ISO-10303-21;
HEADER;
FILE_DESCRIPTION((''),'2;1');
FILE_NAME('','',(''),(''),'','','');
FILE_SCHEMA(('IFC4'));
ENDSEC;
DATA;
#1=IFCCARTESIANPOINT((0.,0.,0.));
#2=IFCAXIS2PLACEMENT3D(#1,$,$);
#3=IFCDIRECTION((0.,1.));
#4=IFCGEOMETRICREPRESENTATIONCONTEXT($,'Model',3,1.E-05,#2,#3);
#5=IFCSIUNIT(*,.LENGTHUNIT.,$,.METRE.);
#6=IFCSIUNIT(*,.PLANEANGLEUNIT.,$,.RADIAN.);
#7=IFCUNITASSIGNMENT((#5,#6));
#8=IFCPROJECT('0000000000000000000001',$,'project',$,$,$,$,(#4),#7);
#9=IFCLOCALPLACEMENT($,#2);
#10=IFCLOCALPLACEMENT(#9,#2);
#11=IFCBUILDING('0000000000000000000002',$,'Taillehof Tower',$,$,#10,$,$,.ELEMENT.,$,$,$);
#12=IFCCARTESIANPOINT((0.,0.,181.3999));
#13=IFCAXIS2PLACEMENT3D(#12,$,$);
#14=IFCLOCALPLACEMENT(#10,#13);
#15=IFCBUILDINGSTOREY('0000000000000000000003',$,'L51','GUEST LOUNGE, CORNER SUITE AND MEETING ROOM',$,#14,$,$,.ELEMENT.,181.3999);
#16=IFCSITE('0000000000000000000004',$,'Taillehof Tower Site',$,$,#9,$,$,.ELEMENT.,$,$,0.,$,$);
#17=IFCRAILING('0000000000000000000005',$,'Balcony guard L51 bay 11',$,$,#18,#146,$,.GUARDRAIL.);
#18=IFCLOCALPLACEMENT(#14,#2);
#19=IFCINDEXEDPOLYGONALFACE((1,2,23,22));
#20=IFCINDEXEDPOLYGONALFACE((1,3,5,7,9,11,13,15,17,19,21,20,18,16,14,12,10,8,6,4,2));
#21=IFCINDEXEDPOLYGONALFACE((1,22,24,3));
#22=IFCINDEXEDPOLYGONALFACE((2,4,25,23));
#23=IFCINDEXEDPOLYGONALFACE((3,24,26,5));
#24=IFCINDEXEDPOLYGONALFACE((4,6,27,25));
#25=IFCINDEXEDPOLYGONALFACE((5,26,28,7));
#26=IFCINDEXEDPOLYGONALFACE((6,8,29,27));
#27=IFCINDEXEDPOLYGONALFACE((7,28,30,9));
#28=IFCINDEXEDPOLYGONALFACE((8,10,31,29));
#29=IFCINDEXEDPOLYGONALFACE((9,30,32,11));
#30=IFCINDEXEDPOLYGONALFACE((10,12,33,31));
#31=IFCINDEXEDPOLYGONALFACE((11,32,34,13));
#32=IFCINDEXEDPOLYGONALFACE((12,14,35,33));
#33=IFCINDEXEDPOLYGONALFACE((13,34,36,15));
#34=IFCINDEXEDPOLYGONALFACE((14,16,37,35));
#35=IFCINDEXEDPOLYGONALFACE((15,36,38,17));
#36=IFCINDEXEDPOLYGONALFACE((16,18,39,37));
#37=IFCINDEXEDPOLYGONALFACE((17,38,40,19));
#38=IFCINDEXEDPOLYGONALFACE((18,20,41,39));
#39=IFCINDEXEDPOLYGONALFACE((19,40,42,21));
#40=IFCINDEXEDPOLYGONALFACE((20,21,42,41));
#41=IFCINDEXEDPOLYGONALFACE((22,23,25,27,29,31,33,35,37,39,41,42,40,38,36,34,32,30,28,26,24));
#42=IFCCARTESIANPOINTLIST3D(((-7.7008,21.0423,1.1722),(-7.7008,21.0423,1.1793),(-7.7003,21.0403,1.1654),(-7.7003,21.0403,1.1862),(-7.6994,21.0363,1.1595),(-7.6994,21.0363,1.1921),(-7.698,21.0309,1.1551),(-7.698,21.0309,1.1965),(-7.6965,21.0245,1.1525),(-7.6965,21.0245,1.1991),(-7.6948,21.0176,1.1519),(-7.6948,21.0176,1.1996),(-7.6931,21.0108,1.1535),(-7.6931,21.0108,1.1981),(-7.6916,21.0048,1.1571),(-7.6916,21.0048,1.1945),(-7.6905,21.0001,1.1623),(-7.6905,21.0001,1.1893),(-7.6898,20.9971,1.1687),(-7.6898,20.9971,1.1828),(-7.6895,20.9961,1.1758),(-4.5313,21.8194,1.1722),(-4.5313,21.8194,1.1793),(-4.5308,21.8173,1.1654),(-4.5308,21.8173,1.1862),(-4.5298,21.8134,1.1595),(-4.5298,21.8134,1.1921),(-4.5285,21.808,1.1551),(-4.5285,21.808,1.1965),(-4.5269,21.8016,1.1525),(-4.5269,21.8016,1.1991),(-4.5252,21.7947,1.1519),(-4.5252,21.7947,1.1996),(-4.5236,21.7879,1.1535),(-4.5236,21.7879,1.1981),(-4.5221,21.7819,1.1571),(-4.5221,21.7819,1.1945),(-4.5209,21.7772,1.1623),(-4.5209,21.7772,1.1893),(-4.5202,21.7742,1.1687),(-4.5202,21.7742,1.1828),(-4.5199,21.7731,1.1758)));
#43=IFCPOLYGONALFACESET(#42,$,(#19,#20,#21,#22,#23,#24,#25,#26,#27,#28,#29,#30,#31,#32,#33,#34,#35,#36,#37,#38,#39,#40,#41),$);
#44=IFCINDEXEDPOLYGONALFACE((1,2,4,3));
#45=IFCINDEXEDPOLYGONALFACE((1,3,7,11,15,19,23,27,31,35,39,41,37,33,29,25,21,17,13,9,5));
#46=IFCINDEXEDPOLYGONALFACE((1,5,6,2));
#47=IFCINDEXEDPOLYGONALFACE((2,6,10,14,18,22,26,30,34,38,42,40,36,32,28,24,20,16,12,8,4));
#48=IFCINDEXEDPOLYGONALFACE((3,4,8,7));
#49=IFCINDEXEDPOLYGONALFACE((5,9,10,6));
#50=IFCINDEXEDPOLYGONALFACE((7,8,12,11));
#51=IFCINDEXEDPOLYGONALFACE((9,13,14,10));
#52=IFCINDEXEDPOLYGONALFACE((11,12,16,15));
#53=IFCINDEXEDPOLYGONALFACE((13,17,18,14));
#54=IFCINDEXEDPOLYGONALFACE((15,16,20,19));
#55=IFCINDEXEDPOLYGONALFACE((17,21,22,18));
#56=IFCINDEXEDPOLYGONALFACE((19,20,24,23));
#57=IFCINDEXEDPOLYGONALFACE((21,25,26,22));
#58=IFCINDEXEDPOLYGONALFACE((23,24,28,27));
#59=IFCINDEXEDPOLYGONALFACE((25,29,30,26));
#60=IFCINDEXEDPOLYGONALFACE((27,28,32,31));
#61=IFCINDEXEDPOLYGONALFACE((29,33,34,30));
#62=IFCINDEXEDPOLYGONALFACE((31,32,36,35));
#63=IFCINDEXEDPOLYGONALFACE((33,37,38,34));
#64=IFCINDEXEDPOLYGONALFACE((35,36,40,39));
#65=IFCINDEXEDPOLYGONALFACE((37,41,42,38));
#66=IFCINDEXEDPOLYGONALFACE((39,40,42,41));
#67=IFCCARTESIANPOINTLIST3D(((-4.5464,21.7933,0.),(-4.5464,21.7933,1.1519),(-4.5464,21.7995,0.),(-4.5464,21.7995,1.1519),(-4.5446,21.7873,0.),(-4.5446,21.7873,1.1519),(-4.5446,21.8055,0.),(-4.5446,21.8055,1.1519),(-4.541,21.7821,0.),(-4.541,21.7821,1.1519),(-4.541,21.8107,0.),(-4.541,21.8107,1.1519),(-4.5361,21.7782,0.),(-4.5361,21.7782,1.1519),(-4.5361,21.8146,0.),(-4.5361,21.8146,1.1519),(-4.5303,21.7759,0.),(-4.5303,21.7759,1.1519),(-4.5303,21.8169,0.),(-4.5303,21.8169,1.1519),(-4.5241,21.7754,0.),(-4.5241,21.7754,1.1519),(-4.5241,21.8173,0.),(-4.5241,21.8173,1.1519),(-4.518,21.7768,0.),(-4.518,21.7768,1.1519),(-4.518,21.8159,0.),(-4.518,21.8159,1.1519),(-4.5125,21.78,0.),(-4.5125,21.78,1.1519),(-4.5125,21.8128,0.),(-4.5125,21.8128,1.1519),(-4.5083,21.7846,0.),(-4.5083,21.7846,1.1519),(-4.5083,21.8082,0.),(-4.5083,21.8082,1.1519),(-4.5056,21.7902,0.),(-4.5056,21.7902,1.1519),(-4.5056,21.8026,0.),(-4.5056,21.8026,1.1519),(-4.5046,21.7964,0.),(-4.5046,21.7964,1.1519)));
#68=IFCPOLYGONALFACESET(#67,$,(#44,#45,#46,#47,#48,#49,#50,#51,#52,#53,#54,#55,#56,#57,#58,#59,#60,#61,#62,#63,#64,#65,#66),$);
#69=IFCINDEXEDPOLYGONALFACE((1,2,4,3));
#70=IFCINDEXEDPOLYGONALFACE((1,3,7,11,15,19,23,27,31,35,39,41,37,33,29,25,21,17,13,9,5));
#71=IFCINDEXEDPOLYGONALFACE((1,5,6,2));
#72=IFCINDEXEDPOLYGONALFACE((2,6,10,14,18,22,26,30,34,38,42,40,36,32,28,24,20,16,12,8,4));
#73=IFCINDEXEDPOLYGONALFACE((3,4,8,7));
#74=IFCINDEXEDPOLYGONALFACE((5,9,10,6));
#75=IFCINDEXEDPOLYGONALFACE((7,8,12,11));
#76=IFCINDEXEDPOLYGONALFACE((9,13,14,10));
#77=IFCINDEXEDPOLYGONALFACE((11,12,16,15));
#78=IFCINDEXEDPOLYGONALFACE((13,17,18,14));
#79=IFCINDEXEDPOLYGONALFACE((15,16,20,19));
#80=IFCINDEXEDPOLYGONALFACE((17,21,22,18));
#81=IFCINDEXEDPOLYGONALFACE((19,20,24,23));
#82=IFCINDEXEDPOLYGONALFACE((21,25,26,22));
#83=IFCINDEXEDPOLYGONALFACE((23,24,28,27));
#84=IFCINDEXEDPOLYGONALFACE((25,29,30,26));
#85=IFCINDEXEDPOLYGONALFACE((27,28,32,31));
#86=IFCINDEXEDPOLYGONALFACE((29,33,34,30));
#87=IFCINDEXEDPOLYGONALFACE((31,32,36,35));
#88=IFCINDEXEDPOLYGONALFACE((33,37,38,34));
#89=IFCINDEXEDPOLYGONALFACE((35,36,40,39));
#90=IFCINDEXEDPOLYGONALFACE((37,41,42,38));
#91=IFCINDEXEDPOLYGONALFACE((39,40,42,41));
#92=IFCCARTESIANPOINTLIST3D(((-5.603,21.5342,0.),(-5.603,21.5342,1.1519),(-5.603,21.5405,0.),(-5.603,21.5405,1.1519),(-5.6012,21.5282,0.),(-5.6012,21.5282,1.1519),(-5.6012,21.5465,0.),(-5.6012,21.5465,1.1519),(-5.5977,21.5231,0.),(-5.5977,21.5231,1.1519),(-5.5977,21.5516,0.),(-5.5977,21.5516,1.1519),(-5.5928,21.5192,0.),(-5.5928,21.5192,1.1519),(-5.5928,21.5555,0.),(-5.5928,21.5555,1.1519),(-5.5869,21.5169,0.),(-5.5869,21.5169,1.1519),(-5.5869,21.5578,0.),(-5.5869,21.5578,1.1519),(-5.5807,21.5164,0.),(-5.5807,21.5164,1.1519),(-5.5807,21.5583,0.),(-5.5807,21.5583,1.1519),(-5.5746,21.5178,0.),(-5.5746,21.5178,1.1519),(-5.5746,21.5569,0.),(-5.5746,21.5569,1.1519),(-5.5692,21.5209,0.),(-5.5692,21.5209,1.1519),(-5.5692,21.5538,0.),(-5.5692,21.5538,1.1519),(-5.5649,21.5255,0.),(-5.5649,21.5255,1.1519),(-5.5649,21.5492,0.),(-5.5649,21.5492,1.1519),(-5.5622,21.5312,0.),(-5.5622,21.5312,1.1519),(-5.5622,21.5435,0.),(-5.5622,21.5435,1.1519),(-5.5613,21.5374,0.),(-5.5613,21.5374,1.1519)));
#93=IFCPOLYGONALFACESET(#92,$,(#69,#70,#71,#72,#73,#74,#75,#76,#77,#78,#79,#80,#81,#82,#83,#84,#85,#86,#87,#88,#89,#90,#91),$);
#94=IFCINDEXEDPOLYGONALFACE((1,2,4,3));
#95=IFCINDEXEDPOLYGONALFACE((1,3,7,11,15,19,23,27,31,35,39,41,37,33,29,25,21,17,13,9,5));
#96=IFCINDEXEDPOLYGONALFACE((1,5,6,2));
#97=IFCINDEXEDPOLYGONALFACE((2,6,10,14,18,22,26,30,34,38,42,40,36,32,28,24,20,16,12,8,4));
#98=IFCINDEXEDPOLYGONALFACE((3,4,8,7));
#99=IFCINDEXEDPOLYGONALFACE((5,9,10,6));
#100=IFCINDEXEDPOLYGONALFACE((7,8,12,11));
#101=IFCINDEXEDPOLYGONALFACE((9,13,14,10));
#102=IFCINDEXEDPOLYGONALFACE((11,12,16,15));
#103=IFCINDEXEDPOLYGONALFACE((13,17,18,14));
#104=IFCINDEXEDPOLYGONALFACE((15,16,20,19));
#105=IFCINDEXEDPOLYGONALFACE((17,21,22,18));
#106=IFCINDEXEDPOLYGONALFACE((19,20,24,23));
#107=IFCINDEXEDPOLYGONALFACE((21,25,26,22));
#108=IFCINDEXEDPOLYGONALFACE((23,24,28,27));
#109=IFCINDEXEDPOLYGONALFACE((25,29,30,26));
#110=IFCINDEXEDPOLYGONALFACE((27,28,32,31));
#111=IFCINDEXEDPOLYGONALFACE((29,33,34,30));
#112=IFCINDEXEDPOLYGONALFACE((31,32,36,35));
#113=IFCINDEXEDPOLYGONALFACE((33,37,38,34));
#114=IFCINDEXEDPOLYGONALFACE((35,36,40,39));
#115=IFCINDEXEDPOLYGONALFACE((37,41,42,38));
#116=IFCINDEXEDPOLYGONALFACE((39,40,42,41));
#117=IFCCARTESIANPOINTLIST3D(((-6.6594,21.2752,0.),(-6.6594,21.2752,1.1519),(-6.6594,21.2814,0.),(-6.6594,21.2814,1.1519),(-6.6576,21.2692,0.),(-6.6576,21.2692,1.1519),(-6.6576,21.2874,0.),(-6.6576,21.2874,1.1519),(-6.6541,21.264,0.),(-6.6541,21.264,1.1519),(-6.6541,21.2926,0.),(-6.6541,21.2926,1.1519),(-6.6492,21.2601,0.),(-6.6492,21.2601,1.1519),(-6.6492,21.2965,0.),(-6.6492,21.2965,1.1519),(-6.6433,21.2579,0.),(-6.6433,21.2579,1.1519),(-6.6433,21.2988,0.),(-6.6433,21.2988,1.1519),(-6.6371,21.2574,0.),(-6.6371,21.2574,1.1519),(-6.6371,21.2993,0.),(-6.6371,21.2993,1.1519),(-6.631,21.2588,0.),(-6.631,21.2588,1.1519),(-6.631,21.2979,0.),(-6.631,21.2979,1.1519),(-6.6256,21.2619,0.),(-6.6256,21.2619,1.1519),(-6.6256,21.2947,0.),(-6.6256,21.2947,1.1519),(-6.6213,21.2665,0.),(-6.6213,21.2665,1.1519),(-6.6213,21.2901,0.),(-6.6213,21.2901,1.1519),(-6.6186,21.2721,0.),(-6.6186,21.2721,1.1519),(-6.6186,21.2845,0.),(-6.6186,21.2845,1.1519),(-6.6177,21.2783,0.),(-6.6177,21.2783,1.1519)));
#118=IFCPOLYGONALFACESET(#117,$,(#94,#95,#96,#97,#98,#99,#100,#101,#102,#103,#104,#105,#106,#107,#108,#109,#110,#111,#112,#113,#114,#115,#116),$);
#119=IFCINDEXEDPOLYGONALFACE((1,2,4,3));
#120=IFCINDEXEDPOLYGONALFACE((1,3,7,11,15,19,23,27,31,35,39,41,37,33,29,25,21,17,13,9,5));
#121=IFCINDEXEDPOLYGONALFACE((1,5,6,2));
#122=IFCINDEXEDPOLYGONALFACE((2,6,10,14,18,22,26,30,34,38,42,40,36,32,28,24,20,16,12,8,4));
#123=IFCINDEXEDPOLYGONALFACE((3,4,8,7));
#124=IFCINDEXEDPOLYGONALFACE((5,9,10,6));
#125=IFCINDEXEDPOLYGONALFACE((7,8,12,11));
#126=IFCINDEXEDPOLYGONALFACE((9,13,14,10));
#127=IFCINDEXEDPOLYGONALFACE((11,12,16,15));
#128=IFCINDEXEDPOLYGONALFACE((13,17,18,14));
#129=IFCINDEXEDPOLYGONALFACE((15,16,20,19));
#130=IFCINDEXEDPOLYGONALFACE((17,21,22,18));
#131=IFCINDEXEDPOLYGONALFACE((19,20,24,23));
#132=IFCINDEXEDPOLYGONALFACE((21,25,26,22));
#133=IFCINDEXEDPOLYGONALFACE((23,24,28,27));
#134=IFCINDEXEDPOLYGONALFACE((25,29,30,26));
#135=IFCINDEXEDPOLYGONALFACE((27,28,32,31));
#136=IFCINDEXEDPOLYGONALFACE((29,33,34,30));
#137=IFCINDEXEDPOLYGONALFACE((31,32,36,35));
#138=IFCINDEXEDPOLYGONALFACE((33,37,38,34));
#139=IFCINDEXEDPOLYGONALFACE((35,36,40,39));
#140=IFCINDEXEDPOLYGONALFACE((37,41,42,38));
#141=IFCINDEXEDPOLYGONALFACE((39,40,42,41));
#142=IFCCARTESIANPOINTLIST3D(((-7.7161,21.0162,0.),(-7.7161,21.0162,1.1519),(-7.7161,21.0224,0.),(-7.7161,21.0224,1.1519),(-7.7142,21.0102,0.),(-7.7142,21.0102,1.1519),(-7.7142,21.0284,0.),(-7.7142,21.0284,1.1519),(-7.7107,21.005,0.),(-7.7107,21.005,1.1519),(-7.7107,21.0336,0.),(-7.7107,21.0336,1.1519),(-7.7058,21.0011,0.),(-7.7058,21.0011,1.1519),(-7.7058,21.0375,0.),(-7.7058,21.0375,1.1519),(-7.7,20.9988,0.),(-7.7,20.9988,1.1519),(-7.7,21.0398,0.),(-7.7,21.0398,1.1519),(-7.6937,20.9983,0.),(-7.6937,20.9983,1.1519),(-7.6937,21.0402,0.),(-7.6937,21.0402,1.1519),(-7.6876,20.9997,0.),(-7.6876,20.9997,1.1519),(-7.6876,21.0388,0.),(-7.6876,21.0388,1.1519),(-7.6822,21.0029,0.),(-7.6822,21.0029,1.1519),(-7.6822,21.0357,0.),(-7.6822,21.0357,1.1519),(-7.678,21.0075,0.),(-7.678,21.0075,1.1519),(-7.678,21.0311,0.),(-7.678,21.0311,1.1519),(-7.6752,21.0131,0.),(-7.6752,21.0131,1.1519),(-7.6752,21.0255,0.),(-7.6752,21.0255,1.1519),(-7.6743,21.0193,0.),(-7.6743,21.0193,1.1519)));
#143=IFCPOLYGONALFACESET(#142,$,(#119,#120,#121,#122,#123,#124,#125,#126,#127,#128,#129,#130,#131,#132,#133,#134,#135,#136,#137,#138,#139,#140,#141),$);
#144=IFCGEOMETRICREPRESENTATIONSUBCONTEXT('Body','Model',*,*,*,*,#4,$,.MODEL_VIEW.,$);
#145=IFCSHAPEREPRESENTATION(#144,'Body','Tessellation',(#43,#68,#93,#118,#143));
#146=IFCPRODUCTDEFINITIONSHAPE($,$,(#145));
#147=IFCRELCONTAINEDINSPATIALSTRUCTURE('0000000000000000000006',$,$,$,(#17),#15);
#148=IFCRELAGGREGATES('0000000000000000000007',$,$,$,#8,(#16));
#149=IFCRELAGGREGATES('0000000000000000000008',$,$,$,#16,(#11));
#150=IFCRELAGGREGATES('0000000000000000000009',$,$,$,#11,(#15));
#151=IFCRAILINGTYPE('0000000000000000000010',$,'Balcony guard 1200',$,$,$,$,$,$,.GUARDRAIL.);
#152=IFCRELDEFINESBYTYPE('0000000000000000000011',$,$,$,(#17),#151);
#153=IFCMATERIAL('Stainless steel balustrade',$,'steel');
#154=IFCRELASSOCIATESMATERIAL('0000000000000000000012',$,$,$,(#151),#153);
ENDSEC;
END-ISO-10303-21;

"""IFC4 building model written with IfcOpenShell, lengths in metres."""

from ifc_helpers import new_model, si_unit, direction, frame, origin, origin_2d, place, context, subcontext, project, spatial, circle, extrude, material, type_object, element, save


model = new_model("IFC4")

# Units and contexts
model_context = context("Model", 3, precision=1e-05, world=origin(), true_north=direction((0.0, 1.0)))
body_context = subcontext(model_context, "Body", "Model", "MODEL_VIEW")
ifc_project = project(units=[si_unit("LENGTHUNIT", "METRE"), si_unit("PLANEANGLEUNIT", "RADIAN")], contexts=[model_context])

# Site, building, storey
site_placement = place(None, origin())
site = spatial("IfcSite", under=ifc_project, at=site_placement, Name="Taillehof Tower Site", CompositionType="ELEMENT", RefElevation=0.0)
building_placement = place(site_placement, origin())
building = spatial("IfcBuilding", under=site, at=building_placement, Name="Taillehof Tower", CompositionType="ELEMENT")
storey_placement = place(building_placement, frame((0.0, 0.0, 181.3999)))
storey = spatial("IfcBuildingStorey", under=building, at=storey_placement, Name="L51", Description="GUEST LOUNGE, CORNER SUITE AND MEETING ROOM", CompositionType="ELEMENT", Elevation=181.3999)

# Railing
ifc_material_1 = material(Name="Stainless steel balustrade", Category="steel")
railing_type = type_object("IfcRailingType", Name="Balcony guard 1200", PredefinedType="GUARDRAIL", material=ifc_material_1)
railing_placement = place(storey_placement, frame((-4.5256, 21.7964, 0.0)))
element("IfcRailing", 1, at=railing_placement, inside=storey, type_object=railing_type, Name="Balcony guard L51 bay 11", PredefinedType="GUARDRAIL", context=body_context, shape_type="SweptSolid", body=[
    extrude(circle(Radius=0.0239, at=origin_2d()), frame((0.0, 0.0, 1.1758), z_axis=(-0.971237, -0.238115, 0.0), x_axis=(0.238115, -0.971237, 0.0)), (0.0, 0.0, 1.0), 3.2634),
    extrude(circle(Radius=0.021, at=origin_2d()), origin(), (0.0, 0.0, 1.0), 1.1519),
    extrude(circle(Radius=0.021, at=origin_2d()), frame((-1.0566, -0.259, 0.0)), (0.0, 0.0, 1.0), 1.1519),
    extrude(circle(Radius=0.021, at=origin_2d()), frame((-2.113, -0.5181, 0.0)), (0.0, 0.0, 1.0), 1.1519),
    extrude(circle(Radius=0.021, at=origin_2d()), frame((-3.1697, -0.7771, 0.0)), (0.0, 0.0, 1.0), 1.1519),
])

save(model, "model.ifc")
